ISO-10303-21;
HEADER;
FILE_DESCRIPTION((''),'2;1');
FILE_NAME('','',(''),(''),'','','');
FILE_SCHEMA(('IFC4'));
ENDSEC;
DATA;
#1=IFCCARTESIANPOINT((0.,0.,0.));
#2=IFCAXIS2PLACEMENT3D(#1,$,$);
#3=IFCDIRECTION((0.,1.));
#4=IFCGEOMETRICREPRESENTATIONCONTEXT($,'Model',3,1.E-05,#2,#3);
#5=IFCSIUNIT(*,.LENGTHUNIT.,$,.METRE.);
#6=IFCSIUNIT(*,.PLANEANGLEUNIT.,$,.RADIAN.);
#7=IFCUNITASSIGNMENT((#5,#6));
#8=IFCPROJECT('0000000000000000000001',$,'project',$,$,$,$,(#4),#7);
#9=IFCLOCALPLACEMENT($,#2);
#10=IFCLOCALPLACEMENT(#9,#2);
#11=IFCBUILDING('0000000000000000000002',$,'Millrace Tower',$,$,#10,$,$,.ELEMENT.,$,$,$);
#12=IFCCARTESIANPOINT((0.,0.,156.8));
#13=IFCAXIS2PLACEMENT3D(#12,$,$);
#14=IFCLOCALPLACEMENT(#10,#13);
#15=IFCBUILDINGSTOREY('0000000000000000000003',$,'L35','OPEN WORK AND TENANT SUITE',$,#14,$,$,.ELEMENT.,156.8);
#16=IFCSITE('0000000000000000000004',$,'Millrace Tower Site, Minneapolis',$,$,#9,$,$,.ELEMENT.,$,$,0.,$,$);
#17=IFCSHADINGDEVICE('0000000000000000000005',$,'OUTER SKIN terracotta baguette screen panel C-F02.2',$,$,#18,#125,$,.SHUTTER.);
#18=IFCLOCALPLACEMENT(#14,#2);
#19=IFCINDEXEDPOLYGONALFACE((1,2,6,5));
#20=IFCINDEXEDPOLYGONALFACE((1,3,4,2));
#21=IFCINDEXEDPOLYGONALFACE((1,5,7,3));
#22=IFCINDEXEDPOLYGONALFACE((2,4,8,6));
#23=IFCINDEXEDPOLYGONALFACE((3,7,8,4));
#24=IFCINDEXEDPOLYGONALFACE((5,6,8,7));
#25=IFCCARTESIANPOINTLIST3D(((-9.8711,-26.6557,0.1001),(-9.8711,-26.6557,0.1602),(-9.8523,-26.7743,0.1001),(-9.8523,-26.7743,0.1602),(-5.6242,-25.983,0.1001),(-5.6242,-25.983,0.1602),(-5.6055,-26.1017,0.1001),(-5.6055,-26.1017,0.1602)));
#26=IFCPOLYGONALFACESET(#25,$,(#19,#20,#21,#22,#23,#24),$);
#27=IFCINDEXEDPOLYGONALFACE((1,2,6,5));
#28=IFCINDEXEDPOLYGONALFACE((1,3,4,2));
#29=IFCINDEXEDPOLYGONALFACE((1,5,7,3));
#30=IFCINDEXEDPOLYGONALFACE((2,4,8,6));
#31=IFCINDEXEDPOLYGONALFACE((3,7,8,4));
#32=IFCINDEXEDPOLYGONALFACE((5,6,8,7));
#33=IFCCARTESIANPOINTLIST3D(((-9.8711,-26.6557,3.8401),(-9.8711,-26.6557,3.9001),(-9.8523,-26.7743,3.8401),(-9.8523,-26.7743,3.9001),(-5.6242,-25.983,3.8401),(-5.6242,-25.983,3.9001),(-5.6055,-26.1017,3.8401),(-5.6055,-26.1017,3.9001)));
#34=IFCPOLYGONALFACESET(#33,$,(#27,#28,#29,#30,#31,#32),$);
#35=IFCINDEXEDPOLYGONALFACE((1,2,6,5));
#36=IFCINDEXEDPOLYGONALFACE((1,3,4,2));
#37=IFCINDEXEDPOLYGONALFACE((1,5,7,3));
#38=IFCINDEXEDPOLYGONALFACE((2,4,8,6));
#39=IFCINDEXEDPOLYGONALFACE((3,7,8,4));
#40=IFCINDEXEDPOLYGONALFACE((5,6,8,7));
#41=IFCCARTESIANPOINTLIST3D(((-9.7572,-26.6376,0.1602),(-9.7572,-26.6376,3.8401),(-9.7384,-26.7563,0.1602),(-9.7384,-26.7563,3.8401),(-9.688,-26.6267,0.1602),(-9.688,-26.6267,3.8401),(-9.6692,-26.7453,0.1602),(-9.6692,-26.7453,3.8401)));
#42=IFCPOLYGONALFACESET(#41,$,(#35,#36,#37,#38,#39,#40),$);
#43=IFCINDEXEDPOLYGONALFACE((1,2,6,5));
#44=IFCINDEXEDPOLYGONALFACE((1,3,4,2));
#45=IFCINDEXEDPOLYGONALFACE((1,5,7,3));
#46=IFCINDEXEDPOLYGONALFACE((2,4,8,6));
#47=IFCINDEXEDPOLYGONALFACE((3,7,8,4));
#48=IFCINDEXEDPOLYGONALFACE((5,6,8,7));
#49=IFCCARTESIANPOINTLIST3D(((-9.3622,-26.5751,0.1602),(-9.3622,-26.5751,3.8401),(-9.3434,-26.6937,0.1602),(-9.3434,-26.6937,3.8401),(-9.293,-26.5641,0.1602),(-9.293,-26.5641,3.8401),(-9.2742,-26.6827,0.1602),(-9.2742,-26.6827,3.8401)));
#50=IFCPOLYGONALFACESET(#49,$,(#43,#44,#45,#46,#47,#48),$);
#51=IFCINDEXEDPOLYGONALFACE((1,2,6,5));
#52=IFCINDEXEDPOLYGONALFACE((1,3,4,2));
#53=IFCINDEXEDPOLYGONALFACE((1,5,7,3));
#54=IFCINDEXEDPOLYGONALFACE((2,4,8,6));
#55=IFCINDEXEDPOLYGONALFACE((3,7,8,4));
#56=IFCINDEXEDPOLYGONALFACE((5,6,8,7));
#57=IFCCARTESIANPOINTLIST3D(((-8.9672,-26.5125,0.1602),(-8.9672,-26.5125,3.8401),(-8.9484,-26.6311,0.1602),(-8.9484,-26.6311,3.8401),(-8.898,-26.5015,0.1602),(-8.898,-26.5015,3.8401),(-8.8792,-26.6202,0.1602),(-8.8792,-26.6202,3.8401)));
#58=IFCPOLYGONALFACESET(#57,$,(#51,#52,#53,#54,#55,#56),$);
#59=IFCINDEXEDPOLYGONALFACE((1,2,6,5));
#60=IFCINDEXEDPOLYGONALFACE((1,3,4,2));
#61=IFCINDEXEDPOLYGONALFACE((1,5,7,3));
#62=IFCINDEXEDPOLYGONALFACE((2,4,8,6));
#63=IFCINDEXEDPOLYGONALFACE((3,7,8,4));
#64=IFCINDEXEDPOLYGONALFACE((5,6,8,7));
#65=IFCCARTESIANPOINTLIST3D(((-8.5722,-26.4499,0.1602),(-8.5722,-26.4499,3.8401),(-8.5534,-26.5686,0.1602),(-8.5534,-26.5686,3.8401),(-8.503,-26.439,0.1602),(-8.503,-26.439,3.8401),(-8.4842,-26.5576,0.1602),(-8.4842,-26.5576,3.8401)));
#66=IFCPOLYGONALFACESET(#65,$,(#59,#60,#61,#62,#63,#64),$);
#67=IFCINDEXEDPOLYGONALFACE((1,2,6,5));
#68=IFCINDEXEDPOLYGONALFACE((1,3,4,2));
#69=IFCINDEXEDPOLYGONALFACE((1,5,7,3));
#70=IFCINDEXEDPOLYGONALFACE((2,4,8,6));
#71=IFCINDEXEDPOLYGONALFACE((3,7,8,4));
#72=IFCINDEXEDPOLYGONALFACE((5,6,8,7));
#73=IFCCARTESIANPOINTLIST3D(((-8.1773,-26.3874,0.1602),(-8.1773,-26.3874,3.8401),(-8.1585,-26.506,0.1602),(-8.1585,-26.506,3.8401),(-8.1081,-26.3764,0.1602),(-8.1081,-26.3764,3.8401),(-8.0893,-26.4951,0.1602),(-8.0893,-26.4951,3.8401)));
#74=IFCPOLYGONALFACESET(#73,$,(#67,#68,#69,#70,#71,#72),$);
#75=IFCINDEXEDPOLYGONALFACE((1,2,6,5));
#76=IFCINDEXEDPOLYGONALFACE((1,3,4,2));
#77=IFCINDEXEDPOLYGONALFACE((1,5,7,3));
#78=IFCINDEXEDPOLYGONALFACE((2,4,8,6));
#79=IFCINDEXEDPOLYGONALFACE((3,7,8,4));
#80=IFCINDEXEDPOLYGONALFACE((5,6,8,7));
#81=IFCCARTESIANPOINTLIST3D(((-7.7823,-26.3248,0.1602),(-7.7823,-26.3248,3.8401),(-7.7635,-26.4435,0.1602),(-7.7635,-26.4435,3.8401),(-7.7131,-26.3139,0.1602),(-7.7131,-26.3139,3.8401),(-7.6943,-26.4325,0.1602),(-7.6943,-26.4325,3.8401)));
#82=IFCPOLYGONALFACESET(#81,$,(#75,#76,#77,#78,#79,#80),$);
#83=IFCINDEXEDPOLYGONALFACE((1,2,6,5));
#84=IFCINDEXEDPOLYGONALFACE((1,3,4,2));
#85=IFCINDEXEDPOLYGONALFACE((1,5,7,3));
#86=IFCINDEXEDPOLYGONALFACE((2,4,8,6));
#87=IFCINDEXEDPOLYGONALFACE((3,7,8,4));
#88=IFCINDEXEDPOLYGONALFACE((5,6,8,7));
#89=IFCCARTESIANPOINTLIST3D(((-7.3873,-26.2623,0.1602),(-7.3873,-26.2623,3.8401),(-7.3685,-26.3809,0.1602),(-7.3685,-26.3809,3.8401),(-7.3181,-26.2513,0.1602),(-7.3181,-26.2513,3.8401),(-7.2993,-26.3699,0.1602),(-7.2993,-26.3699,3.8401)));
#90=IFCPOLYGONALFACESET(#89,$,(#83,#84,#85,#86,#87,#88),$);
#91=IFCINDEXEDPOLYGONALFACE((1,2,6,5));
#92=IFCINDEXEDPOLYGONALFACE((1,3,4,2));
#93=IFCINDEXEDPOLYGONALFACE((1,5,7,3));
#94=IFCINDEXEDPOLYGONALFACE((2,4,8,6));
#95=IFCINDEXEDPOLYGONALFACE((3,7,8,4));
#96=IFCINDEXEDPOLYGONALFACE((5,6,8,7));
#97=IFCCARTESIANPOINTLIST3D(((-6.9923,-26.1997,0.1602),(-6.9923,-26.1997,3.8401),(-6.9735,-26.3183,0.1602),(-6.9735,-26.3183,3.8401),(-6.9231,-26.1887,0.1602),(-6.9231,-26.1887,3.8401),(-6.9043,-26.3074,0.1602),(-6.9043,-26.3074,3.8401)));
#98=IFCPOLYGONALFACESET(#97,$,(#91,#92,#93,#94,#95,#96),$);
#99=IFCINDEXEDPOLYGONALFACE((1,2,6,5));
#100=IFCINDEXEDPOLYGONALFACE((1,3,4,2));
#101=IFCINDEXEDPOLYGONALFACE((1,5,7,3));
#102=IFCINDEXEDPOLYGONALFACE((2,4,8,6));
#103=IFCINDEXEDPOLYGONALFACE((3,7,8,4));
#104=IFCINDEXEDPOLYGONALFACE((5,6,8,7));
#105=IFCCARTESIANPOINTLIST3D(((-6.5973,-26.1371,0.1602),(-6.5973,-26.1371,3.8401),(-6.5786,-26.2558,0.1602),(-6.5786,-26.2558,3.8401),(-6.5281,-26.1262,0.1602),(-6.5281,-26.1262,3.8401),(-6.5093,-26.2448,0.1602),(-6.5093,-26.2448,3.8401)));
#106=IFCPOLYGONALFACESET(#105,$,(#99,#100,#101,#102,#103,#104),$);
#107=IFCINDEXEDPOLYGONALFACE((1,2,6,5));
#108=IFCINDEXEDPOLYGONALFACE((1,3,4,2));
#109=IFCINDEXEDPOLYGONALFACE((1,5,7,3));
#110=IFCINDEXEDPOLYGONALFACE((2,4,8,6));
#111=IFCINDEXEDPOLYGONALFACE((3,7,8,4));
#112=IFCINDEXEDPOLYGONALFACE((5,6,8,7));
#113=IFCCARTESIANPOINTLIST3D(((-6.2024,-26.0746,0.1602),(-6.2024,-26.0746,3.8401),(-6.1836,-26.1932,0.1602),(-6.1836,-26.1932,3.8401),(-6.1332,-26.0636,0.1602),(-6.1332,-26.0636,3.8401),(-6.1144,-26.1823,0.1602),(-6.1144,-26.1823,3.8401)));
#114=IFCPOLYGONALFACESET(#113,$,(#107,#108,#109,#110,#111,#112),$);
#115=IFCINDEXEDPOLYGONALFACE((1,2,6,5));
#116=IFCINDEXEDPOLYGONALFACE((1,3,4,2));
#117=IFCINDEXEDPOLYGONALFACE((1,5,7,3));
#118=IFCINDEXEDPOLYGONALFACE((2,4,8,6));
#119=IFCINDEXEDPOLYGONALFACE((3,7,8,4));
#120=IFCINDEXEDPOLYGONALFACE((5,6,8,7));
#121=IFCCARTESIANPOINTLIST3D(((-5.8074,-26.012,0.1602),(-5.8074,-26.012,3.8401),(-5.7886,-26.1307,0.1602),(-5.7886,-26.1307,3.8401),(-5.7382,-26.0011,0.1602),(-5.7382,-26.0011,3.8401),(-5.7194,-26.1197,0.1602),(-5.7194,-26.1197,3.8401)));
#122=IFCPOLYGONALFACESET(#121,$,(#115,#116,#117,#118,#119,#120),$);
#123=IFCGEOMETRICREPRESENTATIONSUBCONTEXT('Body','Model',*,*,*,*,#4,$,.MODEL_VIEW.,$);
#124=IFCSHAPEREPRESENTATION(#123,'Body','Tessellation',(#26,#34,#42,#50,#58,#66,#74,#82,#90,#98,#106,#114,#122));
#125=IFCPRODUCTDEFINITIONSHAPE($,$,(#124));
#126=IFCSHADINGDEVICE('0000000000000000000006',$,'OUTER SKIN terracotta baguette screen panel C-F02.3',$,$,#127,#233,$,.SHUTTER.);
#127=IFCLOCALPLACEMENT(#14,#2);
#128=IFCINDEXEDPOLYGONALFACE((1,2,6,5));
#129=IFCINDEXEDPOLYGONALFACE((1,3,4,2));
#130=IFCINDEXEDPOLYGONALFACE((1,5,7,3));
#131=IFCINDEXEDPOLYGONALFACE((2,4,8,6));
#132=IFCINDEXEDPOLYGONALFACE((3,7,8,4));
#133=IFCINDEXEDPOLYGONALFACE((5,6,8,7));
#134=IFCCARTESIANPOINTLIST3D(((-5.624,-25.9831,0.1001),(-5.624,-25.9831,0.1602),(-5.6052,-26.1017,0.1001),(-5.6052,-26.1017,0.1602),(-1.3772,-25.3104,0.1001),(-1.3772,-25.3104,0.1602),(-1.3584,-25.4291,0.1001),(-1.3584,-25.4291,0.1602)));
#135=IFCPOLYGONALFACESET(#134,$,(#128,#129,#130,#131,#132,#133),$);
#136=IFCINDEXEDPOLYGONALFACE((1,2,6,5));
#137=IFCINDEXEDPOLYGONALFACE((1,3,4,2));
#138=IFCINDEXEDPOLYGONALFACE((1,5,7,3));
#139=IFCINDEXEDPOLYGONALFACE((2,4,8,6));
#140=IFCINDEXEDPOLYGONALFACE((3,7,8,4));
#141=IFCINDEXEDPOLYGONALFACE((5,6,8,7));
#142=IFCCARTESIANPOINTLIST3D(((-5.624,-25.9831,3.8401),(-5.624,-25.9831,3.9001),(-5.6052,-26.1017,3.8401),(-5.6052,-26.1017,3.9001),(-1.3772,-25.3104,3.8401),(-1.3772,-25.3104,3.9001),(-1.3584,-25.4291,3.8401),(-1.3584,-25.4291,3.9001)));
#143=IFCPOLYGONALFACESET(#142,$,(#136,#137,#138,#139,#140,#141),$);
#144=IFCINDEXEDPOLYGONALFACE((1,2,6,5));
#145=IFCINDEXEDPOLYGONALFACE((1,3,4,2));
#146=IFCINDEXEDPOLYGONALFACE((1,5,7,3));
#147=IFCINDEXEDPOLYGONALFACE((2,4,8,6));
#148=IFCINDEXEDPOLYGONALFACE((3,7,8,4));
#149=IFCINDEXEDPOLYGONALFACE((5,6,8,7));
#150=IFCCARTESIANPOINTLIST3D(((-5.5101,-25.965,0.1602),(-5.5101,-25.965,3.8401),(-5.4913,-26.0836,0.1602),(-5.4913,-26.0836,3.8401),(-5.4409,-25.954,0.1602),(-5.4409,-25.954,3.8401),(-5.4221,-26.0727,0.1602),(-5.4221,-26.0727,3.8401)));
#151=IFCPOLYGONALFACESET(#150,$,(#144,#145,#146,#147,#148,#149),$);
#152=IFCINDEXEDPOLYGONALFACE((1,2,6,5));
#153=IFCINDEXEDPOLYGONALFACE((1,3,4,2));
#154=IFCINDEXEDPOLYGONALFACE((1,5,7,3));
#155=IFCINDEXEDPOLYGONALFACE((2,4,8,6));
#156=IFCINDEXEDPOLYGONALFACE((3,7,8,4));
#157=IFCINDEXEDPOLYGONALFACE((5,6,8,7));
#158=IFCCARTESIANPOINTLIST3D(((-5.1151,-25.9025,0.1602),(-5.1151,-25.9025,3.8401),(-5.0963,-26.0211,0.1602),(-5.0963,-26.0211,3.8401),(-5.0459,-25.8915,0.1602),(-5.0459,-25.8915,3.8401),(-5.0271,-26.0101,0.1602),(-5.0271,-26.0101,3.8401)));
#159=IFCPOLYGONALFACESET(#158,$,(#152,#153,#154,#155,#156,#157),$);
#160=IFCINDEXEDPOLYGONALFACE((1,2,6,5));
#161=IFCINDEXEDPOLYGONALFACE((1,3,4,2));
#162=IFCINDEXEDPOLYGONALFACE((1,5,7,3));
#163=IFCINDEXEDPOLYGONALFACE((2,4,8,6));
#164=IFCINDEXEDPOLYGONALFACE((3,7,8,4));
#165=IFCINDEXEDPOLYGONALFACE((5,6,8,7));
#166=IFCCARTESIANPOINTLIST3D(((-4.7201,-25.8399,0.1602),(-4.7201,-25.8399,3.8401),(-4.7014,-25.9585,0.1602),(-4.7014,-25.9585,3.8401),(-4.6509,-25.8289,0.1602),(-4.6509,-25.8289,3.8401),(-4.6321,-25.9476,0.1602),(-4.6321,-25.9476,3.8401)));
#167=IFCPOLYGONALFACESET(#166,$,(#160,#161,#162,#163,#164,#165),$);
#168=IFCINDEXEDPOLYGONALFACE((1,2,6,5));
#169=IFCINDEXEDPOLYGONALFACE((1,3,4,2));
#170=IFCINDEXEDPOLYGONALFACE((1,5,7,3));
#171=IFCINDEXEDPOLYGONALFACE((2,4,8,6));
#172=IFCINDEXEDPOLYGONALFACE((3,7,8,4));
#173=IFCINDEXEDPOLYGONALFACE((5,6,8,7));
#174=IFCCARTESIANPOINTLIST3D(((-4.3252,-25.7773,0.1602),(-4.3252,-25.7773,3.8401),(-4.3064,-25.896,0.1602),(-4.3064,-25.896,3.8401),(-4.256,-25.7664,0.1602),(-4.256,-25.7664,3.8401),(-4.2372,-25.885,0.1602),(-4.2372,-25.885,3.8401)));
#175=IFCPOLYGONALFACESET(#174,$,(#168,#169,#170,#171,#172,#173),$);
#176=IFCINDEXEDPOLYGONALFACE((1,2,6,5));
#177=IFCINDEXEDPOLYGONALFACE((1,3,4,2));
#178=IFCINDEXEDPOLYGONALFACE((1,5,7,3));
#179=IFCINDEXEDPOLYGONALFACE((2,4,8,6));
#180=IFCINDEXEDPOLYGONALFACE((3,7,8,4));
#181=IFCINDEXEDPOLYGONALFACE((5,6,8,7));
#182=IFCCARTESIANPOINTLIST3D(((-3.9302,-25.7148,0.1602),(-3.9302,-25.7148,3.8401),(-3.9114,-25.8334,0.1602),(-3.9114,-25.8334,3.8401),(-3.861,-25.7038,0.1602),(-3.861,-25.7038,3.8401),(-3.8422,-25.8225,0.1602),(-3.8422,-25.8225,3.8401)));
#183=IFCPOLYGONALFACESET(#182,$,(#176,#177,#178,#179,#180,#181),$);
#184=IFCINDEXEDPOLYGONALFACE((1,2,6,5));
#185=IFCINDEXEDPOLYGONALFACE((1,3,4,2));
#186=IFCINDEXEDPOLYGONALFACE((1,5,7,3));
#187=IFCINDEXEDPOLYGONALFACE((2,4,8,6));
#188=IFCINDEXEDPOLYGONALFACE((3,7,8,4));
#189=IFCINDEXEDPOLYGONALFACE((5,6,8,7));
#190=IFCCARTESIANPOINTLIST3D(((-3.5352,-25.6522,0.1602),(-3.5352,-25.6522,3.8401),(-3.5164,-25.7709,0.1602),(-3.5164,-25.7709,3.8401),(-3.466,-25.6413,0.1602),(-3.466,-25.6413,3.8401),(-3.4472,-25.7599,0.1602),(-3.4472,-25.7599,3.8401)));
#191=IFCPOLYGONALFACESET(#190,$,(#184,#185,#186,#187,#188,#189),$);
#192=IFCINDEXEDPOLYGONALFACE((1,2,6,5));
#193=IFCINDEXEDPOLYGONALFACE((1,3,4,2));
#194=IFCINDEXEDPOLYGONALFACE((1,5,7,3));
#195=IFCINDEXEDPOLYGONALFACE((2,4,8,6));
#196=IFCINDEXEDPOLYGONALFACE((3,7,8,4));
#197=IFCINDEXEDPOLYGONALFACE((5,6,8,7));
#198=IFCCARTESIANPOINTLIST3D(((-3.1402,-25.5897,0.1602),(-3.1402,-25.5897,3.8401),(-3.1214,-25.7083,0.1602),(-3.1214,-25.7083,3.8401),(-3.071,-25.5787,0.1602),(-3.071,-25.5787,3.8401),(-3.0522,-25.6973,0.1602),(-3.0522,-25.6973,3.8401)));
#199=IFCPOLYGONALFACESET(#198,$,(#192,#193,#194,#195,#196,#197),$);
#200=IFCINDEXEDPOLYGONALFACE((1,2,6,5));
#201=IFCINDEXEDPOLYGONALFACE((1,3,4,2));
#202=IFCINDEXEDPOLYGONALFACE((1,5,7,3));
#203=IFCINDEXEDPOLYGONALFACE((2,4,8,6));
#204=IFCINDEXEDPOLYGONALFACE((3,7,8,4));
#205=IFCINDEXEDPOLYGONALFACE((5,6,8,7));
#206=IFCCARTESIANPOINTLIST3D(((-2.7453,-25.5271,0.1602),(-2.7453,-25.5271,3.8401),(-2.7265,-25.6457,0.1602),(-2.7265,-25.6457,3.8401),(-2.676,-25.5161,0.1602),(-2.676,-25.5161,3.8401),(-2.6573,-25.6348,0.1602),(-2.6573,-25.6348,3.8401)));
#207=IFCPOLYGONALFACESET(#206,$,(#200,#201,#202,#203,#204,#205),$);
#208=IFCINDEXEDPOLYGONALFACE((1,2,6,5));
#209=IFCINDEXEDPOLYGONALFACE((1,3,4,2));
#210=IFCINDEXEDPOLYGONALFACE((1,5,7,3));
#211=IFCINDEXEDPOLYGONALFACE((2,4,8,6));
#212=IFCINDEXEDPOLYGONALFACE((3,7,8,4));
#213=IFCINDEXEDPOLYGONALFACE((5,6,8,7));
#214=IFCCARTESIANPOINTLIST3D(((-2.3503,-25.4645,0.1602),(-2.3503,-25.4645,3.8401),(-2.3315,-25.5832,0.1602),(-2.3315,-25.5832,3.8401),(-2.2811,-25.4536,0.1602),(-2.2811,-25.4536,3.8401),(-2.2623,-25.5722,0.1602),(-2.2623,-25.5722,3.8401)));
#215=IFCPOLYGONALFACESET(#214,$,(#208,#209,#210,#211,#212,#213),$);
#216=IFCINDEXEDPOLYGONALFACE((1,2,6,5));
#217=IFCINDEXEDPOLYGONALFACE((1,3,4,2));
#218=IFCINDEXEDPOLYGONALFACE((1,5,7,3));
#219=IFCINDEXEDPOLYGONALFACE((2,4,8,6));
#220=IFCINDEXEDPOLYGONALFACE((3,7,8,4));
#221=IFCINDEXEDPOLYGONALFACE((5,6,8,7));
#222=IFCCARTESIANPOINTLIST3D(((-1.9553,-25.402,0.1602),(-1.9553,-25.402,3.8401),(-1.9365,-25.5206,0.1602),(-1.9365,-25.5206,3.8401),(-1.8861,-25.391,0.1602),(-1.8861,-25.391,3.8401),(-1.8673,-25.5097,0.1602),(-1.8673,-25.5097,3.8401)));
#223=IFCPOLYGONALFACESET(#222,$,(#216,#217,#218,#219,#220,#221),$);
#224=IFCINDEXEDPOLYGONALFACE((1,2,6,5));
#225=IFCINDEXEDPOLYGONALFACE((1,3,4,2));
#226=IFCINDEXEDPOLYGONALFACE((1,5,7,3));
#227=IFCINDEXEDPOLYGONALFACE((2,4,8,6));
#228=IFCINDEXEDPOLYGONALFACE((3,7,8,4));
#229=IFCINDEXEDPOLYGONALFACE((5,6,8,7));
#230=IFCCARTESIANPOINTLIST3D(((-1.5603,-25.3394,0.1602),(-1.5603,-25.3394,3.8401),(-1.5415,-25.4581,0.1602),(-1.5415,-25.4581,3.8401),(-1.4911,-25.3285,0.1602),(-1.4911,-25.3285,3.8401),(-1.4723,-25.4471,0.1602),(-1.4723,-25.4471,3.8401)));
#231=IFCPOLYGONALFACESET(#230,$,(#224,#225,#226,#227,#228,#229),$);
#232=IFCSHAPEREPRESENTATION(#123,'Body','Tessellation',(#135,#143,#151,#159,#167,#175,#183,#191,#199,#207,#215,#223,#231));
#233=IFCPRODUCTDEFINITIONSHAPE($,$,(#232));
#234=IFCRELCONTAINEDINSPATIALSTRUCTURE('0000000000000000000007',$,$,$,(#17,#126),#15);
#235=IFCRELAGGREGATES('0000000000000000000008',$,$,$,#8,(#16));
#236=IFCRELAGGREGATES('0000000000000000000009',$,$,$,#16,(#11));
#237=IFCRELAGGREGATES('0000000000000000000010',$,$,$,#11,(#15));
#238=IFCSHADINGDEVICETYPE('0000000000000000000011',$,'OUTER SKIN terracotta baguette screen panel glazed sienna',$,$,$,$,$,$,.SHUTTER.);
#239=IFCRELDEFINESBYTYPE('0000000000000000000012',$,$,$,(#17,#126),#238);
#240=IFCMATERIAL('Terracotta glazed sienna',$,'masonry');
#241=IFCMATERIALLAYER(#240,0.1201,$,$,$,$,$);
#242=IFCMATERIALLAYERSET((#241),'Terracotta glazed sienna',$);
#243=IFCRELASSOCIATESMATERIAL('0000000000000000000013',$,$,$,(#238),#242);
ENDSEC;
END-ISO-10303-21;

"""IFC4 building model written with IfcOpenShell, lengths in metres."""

from ifc_helpers import new_model, entity, si_unit, direction, frame, frame_2d, origin, origin_2d, place, context, subcontext, project, spatial, rectangle, extrude, source, transform, mapped, material, layer, layer_set, type_object, element, save


model = new_model("IFC4")

# Units and contexts
model_context = context("Model", 3, precision=1e-05, world=origin(), true_north=direction((0.0, 1.0)))
body_context = subcontext(model_context, "Body", "Model", "MODEL_VIEW")
ifc_project = project(units=[si_unit("LENGTHUNIT", "METRE"), si_unit("PLANEANGLEUNIT", "RADIAN")], contexts=[model_context])

# Site, building, storey
site_placement = place(None, origin())
site = spatial("IfcSite", under=ifc_project, at=site_placement, Name="Millrace Tower Site, Minneapolis", CompositionType="ELEMENT", RefElevation=0.0)
building_placement = place(site_placement, origin())
building = spatial("IfcBuilding", under=site, at=building_placement, Name="Millrace Tower", CompositionType="ELEMENT")
storey_placement = place(building_placement, frame((0.0, 0.0, 156.8)))
storey = spatial("IfcBuildingStorey", under=building, at=storey_placement, Name="L35", Description="OPEN WORK AND TENANT SUITE", CompositionType="ELEMENT", Elevation=156.8)

# Shading devices
ifc_material_1 = material(Name="Terracotta glazed sienna", Category="masonry")
ifc_layer_1 = layer(ifc_material_1, 0.1201)
ifc_layer_set_1 = layer_set([ifc_layer_1], Name="Terracotta glazed sienna")
shading_device_type = type_object("IfcShadingDeviceType", Name="OUTER SKIN terracotta baguette screen panel glazed sienna", PredefinedType="SHUTTER", material=ifc_layer_set_1)
cartesian_point_1 = entity("IfcCartesianPoint", [-2.1499, 0.0601])
shared_polyline_1 = entity("IfcPolyline", [cartesian_point_1, entity("IfcCartesianPoint", [2.1499, 0.0601]), entity("IfcCartesianPoint", [2.1499, -0.0601]), entity("IfcCartesianPoint", [-2.1499, -0.0601]), cartesian_point_1])
shared_shape_1 = source(origin(), body_context, "Body", "SweptSolid", [
    entity("IfcExtrudedAreaSolid", entity("IfcArbitraryClosedProfileDef", "AREA", None, shared_polyline_1), entity("IfcAxis2Placement3D", entity("IfcCartesianPoint", [0.0, 0.0, 0.0])), entity("IfcDirection", [0.0, 0.0, 1.0]), 0.0601),
    entity("IfcExtrudedAreaSolid", entity("IfcArbitraryClosedProfileDef", "AREA", None, shared_polyline_1), entity("IfcAxis2Placement3D", entity("IfcCartesianPoint", [0.0, 0.0, 3.74])), entity("IfcDirection", [0.0, 0.0, 1.0]), 0.0601),
    extrude(rectangle(XDim=0.0701, YDim=0.1201, at=frame_2d((-1.9995, 0.0))), frame((0.0, 0.0, 0.0601)), (0.0, 0.0, 1.0), 3.6799),
    extrude(rectangle(XDim=0.0701, YDim=0.1201, at=frame_2d((-1.5996, 0.0))), frame((0.0, 0.0, 0.0601)), (0.0, 0.0, 1.0), 3.6799),
    extrude(rectangle(XDim=0.0701, YDim=0.1201, at=frame_2d((-1.1997, 0.0))), frame((0.0, 0.0, 0.0601)), (0.0, 0.0, 1.0), 3.6799),
    extrude(rectangle(XDim=0.0701, YDim=0.1201, at=frame_2d((-0.7998, 0.0))), frame((0.0, 0.0, 0.0601)), (0.0, 0.0, 1.0), 3.6799),
    extrude(rectangle(XDim=0.0701, YDim=0.1201, at=frame_2d((-0.3999, 0.0))), frame((0.0, 0.0, 0.0601)), (0.0, 0.0, 1.0), 3.6799),
    extrude(rectangle(XDim=0.0701, YDim=0.1201, at=origin_2d()), frame((0.0, 0.0, 0.0601)), (0.0, 0.0, 1.0), 3.6799),
    extrude(rectangle(XDim=0.0701, YDim=0.1201, at=frame_2d((0.3999, 0.0))), frame((0.0, 0.0, 0.0601)), (0.0, 0.0, 1.0), 3.6799),
    extrude(rectangle(XDim=0.0701, YDim=0.1201, at=frame_2d((0.7998, 0.0))), frame((0.0, 0.0, 0.0601)), (0.0, 0.0, 1.0), 3.6799),
    extrude(rectangle(XDim=0.0701, YDim=0.1201, at=frame_2d((1.1997, 0.0))), frame((0.0, 0.0, 0.0601)), (0.0, 0.0, 1.0), 3.6799),
    extrude(rectangle(XDim=0.0701, YDim=0.1201, at=frame_2d((1.5996, 0.0))), frame((0.0, 0.0, 0.0601)), (0.0, 0.0, 1.0), 3.6799),
    extrude(rectangle(XDim=0.0701, YDim=0.1201, at=frame_2d((1.9995, 0.0))), frame((0.0, 0.0, 0.0601)), (0.0, 0.0, 1.0), 3.6799),
])
for number, where, z_axis, x_axis, name in (
    (1, (-7.7383, -26.3787, 0.1001), (0.0, 0.0, 1.0), (0.987688, 0.156434, 0.0), "OUTER SKIN terracotta baguette screen panel C-F02.2"),
    (2, (-3.4912, -25.7061, 0.1001), (0.0, 0.0, 1.0), (0.987688, 0.156434, 0.0), "OUTER SKIN terracotta baguette screen panel C-F02.3"),
):
    element("IfcShadingDevice", number, at=place(storey_placement, frame(where, z_axis=z_axis, x_axis=x_axis)), inside=storey, type_object=shading_device_type, Name=name, PredefinedType="SHUTTER", context=body_context, shape_type="MappedRepresentation", body=[
        mapped(shared_shape_1, transform((0.0, 0.0, 0.0), scale=1.0)),
    ])

save(model, "model.ifc")
